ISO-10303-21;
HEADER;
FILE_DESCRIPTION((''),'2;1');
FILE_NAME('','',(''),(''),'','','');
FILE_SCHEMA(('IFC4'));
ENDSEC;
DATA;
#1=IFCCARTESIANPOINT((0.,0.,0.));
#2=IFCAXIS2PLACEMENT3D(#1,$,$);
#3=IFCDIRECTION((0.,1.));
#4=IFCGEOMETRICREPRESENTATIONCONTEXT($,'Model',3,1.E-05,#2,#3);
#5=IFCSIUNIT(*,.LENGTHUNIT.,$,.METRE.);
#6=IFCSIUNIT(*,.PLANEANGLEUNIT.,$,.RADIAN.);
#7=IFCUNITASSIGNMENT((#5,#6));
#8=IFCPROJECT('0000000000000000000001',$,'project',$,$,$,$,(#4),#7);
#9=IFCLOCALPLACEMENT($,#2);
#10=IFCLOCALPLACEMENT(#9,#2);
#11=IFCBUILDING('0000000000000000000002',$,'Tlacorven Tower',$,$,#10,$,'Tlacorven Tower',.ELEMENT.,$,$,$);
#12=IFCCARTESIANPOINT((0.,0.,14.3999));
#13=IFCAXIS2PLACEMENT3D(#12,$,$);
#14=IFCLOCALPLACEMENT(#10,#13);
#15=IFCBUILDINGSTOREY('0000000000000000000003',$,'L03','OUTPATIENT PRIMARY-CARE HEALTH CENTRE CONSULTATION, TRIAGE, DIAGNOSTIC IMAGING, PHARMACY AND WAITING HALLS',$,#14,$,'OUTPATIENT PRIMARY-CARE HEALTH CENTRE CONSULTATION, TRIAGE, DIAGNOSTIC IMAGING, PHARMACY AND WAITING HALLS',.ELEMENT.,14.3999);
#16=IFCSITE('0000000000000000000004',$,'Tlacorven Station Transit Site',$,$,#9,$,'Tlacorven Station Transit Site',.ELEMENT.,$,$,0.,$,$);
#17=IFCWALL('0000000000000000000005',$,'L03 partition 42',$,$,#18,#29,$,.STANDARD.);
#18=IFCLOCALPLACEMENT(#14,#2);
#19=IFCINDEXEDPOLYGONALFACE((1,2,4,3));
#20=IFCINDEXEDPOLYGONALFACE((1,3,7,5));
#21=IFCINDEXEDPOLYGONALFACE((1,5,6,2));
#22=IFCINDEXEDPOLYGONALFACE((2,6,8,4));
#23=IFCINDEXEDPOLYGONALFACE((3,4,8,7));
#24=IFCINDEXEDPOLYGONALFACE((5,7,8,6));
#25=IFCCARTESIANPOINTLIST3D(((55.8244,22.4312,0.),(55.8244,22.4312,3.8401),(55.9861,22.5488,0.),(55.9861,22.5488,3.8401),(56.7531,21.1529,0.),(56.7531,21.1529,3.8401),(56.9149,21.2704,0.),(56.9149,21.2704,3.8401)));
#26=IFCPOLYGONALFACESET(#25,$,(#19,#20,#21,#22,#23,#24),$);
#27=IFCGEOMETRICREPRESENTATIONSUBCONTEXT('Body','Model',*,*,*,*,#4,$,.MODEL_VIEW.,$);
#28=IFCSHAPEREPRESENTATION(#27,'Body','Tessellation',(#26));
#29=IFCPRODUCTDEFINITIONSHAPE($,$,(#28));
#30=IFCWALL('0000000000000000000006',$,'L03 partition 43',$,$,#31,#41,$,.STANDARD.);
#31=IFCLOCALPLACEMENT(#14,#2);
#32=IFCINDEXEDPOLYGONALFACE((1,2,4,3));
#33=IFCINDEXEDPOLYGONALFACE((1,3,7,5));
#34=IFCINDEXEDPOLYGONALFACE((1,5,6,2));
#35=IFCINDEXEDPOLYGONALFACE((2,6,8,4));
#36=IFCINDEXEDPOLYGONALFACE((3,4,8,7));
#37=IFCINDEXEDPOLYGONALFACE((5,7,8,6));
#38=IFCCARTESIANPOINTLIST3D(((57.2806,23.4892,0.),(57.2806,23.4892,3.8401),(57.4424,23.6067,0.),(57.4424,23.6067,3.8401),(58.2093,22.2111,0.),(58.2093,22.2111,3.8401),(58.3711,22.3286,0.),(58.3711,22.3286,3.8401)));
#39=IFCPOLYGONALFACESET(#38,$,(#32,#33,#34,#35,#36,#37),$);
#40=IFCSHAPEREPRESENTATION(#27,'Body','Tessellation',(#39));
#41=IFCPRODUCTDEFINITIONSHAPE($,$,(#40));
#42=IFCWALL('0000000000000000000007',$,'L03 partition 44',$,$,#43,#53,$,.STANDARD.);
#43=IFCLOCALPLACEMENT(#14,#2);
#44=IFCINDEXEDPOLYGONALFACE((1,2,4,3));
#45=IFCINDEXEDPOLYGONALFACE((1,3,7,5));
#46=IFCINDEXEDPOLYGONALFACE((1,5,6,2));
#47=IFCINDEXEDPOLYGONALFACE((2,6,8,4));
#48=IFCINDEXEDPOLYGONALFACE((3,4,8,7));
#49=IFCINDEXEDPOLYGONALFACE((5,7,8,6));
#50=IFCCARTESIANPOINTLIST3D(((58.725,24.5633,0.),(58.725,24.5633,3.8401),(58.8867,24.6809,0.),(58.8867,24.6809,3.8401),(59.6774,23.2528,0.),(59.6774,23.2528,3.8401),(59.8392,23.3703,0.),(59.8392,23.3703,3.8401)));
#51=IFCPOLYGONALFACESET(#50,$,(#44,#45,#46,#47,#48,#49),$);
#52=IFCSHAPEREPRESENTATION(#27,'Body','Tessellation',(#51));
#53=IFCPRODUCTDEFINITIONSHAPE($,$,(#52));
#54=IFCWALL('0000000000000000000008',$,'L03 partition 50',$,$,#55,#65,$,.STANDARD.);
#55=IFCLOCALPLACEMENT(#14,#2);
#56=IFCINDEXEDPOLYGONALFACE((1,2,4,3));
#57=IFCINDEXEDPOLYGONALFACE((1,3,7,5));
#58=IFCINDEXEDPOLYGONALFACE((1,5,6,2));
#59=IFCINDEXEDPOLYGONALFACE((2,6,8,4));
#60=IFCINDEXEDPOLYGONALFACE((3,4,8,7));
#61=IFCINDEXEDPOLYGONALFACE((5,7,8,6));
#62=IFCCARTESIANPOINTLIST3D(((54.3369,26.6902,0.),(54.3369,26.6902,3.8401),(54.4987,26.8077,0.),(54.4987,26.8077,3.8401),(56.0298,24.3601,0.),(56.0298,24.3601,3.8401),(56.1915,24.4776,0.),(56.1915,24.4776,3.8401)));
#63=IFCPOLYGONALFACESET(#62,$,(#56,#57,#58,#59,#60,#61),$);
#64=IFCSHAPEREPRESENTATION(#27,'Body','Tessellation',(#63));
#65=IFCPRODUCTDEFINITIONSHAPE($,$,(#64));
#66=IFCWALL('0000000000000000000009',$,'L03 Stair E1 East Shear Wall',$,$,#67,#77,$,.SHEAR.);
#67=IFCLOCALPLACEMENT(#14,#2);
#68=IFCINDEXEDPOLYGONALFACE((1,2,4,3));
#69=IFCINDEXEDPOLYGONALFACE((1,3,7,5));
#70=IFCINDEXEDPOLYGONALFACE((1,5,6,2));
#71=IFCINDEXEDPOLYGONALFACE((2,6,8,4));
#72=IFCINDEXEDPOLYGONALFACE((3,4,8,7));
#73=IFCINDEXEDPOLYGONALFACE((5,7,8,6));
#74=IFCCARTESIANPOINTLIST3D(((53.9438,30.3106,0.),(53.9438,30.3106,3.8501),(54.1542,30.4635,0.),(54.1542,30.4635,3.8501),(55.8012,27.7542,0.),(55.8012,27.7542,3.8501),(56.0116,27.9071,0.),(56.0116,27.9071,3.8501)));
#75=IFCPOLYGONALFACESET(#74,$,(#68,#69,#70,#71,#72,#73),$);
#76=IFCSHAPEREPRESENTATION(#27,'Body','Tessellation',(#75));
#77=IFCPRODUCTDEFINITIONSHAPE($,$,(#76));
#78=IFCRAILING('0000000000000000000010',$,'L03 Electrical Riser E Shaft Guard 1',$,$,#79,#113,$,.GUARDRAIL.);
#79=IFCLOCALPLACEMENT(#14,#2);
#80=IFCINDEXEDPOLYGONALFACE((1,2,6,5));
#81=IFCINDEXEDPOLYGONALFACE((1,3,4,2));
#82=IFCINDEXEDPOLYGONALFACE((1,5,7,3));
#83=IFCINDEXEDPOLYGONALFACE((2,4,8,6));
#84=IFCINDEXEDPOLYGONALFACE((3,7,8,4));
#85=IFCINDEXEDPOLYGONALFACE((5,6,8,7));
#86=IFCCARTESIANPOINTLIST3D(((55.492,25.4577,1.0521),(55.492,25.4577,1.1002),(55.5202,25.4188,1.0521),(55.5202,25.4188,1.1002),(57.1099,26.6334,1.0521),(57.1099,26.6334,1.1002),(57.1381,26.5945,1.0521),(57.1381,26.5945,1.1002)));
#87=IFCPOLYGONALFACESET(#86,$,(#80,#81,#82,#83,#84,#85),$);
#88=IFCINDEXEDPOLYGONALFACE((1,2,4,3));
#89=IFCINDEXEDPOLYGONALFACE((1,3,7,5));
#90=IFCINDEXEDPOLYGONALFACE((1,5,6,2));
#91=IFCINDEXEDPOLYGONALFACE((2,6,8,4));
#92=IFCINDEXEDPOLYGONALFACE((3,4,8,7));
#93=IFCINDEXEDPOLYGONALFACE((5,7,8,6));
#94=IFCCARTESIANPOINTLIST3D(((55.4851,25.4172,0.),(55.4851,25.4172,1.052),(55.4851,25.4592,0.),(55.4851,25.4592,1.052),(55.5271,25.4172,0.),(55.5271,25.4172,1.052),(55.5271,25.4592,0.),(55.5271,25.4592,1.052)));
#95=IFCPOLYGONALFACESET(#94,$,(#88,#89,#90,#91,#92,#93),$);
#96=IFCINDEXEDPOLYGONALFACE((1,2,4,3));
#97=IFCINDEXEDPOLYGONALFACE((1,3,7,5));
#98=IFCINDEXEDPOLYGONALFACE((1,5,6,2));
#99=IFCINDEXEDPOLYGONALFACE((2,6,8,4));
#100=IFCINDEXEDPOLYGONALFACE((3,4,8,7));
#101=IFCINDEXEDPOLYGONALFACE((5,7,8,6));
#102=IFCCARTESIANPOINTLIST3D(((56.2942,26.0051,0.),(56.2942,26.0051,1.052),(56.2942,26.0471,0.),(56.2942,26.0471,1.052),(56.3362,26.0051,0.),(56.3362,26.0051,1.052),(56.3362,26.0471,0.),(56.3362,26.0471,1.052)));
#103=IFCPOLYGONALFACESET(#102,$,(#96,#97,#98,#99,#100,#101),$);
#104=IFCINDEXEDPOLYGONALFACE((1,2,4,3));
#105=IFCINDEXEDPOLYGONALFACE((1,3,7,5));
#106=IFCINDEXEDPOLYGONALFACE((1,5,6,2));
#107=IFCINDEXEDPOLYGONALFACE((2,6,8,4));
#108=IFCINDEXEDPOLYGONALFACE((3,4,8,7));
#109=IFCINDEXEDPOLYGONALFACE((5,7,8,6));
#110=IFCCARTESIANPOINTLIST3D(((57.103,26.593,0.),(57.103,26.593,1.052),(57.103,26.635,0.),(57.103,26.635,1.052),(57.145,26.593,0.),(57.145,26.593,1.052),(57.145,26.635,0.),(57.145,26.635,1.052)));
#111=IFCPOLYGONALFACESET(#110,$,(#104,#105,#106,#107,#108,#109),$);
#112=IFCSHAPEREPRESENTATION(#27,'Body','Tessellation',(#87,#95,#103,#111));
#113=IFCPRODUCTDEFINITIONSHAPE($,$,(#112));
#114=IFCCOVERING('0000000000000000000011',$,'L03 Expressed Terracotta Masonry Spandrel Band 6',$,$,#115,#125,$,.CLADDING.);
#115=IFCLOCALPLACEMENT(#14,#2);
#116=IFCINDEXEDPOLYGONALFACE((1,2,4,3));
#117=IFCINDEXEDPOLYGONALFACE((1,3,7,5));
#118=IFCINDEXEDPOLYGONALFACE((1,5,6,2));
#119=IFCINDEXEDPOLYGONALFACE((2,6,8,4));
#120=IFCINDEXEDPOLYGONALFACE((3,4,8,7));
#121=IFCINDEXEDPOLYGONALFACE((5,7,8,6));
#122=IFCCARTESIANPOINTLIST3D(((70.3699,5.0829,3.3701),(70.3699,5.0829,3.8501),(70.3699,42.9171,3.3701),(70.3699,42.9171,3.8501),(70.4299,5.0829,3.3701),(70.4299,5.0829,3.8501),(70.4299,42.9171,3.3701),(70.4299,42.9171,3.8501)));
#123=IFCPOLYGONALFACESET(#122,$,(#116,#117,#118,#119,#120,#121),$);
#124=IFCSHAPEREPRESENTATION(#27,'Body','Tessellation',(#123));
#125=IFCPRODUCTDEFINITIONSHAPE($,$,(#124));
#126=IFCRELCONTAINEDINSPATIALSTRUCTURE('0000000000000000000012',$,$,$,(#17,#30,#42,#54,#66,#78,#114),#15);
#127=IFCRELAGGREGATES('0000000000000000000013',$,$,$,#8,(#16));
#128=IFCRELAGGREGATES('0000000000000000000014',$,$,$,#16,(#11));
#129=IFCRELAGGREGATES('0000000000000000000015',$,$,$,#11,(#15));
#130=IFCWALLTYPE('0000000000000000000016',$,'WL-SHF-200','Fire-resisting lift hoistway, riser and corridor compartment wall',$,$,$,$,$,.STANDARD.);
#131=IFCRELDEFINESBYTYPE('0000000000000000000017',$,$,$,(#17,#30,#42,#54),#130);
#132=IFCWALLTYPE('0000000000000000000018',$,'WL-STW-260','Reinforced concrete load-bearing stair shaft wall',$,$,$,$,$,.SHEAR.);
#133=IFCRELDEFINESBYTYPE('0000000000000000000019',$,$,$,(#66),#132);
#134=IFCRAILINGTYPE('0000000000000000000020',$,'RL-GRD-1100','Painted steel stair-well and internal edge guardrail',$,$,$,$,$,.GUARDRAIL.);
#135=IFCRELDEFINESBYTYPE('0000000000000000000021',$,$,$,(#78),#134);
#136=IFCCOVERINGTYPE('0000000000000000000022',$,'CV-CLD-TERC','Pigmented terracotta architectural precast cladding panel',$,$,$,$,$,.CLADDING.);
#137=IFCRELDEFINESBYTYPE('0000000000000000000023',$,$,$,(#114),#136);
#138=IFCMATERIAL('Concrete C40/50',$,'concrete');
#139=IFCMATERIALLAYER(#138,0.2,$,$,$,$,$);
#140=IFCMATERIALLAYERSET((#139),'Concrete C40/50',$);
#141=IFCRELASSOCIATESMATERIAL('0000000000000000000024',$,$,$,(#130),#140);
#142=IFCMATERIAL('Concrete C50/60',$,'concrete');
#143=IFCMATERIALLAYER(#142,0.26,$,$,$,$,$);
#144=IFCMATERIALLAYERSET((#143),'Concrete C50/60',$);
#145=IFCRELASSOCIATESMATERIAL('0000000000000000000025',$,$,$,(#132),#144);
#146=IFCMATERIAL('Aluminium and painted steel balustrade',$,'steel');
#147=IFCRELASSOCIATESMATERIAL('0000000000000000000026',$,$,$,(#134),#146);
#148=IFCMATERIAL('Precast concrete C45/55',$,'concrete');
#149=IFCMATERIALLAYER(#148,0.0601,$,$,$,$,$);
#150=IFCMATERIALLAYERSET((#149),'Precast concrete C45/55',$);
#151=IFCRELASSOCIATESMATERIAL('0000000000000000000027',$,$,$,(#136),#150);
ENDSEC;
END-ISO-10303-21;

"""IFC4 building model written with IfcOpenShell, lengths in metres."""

from ifc_helpers import new_model, si_unit, direction, frame, frame_2d, origin, origin_2d, place, context, subcontext, project, spatial, rectangle, extrude, source, transform, mapped, material, layer, layer_set, type_object, element, save


model = new_model("IFC4")

# Units and contexts
model_context = context("Model", 3, precision=1e-05, world=origin(), true_north=direction((0.0, 1.0)))
body_context = subcontext(model_context, "Body", "Model", "MODEL_VIEW")
ifc_project = project(units=[si_unit("LENGTHUNIT", "METRE"), si_unit("PLANEANGLEUNIT", "RADIAN")], contexts=[model_context])

# Site, building, storey
site_placement = place(None, origin())
site = spatial("IfcSite", under=ifc_project, at=site_placement, Name="Tlacorven Station Transit Site", LongName="Tlacorven Station Transit Site", CompositionType="ELEMENT", RefElevation=0.0)
building_placement = place(site_placement, origin())
building = spatial("IfcBuilding", under=site, at=building_placement, Name="Tlacorven Tower", LongName="Tlacorven Tower", CompositionType="ELEMENT")
storey_placement = place(building_placement, frame((0.0, 0.0, 14.3999)))
storey = spatial("IfcBuildingStorey", under=building, at=storey_placement, Name="L03", Description="OUTPATIENT PRIMARY-CARE HEALTH CENTRE CONSULTATION, TRIAGE, DIAGNOSTIC IMAGING, PHARMACY AND WAITING HALLS", LongName="OUTPATIENT PRIMARY-CARE HEALTH CENTRE CONSULTATION, TRIAGE, DIAGNOSTIC IMAGING, PHARMACY AND WAITING HALLS", CompositionType="ELEMENT", Elevation=14.3999)

# Shared definitions
ifc_material_1 = material(Name="Concrete C40/50", Category="concrete")
ifc_layer_1 = layer(ifc_material_1, 0.2)
ifc_layer_set_1 = layer_set([ifc_layer_1], Name="Concrete C40/50")
wall_type_1 = type_object("IfcWallType", Name="WL-SHF-200", Description="Fire-resisting lift hoistway, riser and corridor compartment wall", PredefinedType="STANDARD", material=ifc_layer_set_1)

# Walls
wall_1_placement = place(storey_placement, frame((56.834, 21.2117, 0.0), z_axis=(0.0, 0.0, 1.0), x_axis=(-0.587767, 0.80903, 0.0)))
element("IfcWall", 1, at=wall_1_placement, inside=storey, type_object=wall_type_1, Name="L03 partition 42", PredefinedType="STANDARD", context=body_context, shape_type="SweptSolid", body=[
    extrude(rectangle(XDim=1.5801, YDim=0.2, at=frame_2d((0.79, 0.0))), origin(), (0.0, 0.0, 1.0), 3.8401),
])
wall_2_placement = place(storey_placement, frame((58.2903, 22.2698, 0.0), z_axis=(0.0, 0.0, 1.0), x_axis=(-0.587841, 0.808977, 0.0)))
element("IfcWall", 2, at=wall_2_placement, inside=storey, type_object=wall_type_1, Name="L03 partition 43", PredefinedType="STANDARD", context=body_context, shape_type="SweptSolid", body=[
    extrude(rectangle(XDim=1.5798, YDim=0.2, at=frame_2d((0.79, 0.0))), origin(), (0.0, 0.0, 1.0), 3.8401),
])
wall_3_placement = place(storey_placement, frame((59.7583, 23.3115, 0.0), z_axis=(0.0, 0.0, 1.0), x_axis=(-0.587876, 0.808951, 0.0)))
element("IfcWall", 3, at=wall_3_placement, inside=storey, type_object=wall_type_1, Name="L03 partition 44", PredefinedType="STANDARD", context=body_context, shape_type="SweptSolid", body=[
    extrude(rectangle(XDim=1.6201, YDim=0.2, at=frame_2d((0.8101, 0.0))), origin(), (0.0, 0.0, 1.0), 3.8401),
])
wall_4_placement = place(storey_placement, frame((56.1106, 24.4189, 0.0), z_axis=(0.0, 0.0, 1.0), x_axis=(-0.587778, 0.809022, 0.0)))
element("IfcWall", 4, at=wall_4_placement, inside=storey, type_object=wall_type_1, Name="L03 partition 50", PredefinedType="STANDARD", context=body_context, shape_type="SweptSolid", body=[
    extrude(rectangle(XDim=2.8801, YDim=0.2, at=frame_2d((1.4399, 0.0))), origin(), (0.0, 0.0, 1.0), 3.8401),
])
ifc_material_2 = material(Name="Concrete C50/60", Category="concrete")
ifc_layer_2 = layer(ifc_material_2, 0.26)
ifc_layer_set_2 = layer_set([ifc_layer_2], Name="Concrete C50/60")
wall_type_2 = type_object("IfcWallType", Name="WL-STW-260", Description="Reinforced concrete load-bearing stair shaft wall", PredefinedType="SHEAR", material=ifc_layer_set_2)
wall_5_placement = place(storey_placement, frame((55.9065, 27.8306, 0.0), z_axis=(0.0, 0.0, 1.0), x_axis=(-0.587804, 0.809003, 0.0)))
element("IfcWall", 5, at=wall_5_placement, inside=storey, type_object=wall_type_2, Name="L03 Stair E1 East Shear Wall", PredefinedType="SHEAR", context=body_context, shape_type="SweptSolid", body=[
    extrude(rectangle(XDim=3.1599, YDim=0.26, at=frame_2d((1.5801, 0.0))), origin(), (0.0, 0.0, 1.0), 3.8501),
])

# Railing
ifc_material_3 = material(Name="Aluminium and painted steel balustrade", Category="steel")
railing_type = type_object("IfcRailingType", Name="RL-GRD-1100", Description="Painted steel stair-well and internal edge guardrail", PredefinedType="GUARDRAIL", material=ifc_material_3)
shared_shape_1 = source(origin(), body_context, "Body", "SweptSolid", [
    extrude(rectangle(XDim=0.0481, YDim=0.0481, at=origin_2d()), frame((0.0, 0.0, 1.0762), z_axis=(0.808947, 0.587881, 0.0), x_axis=(-0.587881, 0.808947, 0.0)), (0.0, 0.0, 1.0), 2.0),
    extrude(rectangle(XDim=0.042, YDim=0.042, at=origin_2d()), origin(), (0.0, 0.0, 1.0), 1.052),
    extrude(rectangle(XDim=0.042, YDim=0.042, at=origin_2d()), frame((0.8091, 0.5879, 0.0)), (0.0, 0.0, 1.0), 1.052),
    extrude(rectangle(XDim=0.042, YDim=0.042, at=origin_2d()), frame((1.6179, 1.1758, 0.0)), (0.0, 0.0, 1.0), 1.052),
])
railing_placement = place(storey_placement, frame((55.5061, 25.4382, 0.0)))
element("IfcRailing", 6, at=railing_placement, inside=storey, type_object=railing_type, Name="L03 Electrical Riser E Shaft Guard 1", PredefinedType="GUARDRAIL", context=body_context, shape_type="MappedRepresentation", body=[
    mapped(shared_shape_1, transform((0.0, 0.0, 0.0), scale=1.0)),
])

# Covering
ifc_material_4 = material(Name="Precast concrete C45/55", Category="concrete")
ifc_layer_3 = layer(ifc_material_4, 0.0601)
ifc_layer_set_3 = layer_set([ifc_layer_3], Name="Precast concrete C45/55")
covering_type = type_object("IfcCoveringType", Name="CV-CLD-TERC", Description="Pigmented terracotta architectural precast cladding panel", PredefinedType="CLADDING", material=ifc_layer_set_3)
shared_shape_2 = source(origin(), body_context, "Body", "SweptSolid", [
    extrude(rectangle(XDim=37.8342, YDim=0.0601, at=origin_2d()), origin(), (0.0, 0.0, 1.0), 0.48),
])
covering_placement = place(storey_placement, frame((70.3999, 24.0, 3.3701), z_axis=(0.0, 0.0, 1.0), x_axis=(0.0, -1.0, 0.0)))
element("IfcCovering", 7, at=covering_placement, inside=storey, type_object=covering_type, Name="L03 Expressed Terracotta Masonry Spandrel Band 6", PredefinedType="CLADDING", context=body_context, shape_type="MappedRepresentation", body=[
    mapped(shared_shape_2, transform((0.0, 0.0, 0.0), scale=1.0)),
])

save(model, "model.ifc")
